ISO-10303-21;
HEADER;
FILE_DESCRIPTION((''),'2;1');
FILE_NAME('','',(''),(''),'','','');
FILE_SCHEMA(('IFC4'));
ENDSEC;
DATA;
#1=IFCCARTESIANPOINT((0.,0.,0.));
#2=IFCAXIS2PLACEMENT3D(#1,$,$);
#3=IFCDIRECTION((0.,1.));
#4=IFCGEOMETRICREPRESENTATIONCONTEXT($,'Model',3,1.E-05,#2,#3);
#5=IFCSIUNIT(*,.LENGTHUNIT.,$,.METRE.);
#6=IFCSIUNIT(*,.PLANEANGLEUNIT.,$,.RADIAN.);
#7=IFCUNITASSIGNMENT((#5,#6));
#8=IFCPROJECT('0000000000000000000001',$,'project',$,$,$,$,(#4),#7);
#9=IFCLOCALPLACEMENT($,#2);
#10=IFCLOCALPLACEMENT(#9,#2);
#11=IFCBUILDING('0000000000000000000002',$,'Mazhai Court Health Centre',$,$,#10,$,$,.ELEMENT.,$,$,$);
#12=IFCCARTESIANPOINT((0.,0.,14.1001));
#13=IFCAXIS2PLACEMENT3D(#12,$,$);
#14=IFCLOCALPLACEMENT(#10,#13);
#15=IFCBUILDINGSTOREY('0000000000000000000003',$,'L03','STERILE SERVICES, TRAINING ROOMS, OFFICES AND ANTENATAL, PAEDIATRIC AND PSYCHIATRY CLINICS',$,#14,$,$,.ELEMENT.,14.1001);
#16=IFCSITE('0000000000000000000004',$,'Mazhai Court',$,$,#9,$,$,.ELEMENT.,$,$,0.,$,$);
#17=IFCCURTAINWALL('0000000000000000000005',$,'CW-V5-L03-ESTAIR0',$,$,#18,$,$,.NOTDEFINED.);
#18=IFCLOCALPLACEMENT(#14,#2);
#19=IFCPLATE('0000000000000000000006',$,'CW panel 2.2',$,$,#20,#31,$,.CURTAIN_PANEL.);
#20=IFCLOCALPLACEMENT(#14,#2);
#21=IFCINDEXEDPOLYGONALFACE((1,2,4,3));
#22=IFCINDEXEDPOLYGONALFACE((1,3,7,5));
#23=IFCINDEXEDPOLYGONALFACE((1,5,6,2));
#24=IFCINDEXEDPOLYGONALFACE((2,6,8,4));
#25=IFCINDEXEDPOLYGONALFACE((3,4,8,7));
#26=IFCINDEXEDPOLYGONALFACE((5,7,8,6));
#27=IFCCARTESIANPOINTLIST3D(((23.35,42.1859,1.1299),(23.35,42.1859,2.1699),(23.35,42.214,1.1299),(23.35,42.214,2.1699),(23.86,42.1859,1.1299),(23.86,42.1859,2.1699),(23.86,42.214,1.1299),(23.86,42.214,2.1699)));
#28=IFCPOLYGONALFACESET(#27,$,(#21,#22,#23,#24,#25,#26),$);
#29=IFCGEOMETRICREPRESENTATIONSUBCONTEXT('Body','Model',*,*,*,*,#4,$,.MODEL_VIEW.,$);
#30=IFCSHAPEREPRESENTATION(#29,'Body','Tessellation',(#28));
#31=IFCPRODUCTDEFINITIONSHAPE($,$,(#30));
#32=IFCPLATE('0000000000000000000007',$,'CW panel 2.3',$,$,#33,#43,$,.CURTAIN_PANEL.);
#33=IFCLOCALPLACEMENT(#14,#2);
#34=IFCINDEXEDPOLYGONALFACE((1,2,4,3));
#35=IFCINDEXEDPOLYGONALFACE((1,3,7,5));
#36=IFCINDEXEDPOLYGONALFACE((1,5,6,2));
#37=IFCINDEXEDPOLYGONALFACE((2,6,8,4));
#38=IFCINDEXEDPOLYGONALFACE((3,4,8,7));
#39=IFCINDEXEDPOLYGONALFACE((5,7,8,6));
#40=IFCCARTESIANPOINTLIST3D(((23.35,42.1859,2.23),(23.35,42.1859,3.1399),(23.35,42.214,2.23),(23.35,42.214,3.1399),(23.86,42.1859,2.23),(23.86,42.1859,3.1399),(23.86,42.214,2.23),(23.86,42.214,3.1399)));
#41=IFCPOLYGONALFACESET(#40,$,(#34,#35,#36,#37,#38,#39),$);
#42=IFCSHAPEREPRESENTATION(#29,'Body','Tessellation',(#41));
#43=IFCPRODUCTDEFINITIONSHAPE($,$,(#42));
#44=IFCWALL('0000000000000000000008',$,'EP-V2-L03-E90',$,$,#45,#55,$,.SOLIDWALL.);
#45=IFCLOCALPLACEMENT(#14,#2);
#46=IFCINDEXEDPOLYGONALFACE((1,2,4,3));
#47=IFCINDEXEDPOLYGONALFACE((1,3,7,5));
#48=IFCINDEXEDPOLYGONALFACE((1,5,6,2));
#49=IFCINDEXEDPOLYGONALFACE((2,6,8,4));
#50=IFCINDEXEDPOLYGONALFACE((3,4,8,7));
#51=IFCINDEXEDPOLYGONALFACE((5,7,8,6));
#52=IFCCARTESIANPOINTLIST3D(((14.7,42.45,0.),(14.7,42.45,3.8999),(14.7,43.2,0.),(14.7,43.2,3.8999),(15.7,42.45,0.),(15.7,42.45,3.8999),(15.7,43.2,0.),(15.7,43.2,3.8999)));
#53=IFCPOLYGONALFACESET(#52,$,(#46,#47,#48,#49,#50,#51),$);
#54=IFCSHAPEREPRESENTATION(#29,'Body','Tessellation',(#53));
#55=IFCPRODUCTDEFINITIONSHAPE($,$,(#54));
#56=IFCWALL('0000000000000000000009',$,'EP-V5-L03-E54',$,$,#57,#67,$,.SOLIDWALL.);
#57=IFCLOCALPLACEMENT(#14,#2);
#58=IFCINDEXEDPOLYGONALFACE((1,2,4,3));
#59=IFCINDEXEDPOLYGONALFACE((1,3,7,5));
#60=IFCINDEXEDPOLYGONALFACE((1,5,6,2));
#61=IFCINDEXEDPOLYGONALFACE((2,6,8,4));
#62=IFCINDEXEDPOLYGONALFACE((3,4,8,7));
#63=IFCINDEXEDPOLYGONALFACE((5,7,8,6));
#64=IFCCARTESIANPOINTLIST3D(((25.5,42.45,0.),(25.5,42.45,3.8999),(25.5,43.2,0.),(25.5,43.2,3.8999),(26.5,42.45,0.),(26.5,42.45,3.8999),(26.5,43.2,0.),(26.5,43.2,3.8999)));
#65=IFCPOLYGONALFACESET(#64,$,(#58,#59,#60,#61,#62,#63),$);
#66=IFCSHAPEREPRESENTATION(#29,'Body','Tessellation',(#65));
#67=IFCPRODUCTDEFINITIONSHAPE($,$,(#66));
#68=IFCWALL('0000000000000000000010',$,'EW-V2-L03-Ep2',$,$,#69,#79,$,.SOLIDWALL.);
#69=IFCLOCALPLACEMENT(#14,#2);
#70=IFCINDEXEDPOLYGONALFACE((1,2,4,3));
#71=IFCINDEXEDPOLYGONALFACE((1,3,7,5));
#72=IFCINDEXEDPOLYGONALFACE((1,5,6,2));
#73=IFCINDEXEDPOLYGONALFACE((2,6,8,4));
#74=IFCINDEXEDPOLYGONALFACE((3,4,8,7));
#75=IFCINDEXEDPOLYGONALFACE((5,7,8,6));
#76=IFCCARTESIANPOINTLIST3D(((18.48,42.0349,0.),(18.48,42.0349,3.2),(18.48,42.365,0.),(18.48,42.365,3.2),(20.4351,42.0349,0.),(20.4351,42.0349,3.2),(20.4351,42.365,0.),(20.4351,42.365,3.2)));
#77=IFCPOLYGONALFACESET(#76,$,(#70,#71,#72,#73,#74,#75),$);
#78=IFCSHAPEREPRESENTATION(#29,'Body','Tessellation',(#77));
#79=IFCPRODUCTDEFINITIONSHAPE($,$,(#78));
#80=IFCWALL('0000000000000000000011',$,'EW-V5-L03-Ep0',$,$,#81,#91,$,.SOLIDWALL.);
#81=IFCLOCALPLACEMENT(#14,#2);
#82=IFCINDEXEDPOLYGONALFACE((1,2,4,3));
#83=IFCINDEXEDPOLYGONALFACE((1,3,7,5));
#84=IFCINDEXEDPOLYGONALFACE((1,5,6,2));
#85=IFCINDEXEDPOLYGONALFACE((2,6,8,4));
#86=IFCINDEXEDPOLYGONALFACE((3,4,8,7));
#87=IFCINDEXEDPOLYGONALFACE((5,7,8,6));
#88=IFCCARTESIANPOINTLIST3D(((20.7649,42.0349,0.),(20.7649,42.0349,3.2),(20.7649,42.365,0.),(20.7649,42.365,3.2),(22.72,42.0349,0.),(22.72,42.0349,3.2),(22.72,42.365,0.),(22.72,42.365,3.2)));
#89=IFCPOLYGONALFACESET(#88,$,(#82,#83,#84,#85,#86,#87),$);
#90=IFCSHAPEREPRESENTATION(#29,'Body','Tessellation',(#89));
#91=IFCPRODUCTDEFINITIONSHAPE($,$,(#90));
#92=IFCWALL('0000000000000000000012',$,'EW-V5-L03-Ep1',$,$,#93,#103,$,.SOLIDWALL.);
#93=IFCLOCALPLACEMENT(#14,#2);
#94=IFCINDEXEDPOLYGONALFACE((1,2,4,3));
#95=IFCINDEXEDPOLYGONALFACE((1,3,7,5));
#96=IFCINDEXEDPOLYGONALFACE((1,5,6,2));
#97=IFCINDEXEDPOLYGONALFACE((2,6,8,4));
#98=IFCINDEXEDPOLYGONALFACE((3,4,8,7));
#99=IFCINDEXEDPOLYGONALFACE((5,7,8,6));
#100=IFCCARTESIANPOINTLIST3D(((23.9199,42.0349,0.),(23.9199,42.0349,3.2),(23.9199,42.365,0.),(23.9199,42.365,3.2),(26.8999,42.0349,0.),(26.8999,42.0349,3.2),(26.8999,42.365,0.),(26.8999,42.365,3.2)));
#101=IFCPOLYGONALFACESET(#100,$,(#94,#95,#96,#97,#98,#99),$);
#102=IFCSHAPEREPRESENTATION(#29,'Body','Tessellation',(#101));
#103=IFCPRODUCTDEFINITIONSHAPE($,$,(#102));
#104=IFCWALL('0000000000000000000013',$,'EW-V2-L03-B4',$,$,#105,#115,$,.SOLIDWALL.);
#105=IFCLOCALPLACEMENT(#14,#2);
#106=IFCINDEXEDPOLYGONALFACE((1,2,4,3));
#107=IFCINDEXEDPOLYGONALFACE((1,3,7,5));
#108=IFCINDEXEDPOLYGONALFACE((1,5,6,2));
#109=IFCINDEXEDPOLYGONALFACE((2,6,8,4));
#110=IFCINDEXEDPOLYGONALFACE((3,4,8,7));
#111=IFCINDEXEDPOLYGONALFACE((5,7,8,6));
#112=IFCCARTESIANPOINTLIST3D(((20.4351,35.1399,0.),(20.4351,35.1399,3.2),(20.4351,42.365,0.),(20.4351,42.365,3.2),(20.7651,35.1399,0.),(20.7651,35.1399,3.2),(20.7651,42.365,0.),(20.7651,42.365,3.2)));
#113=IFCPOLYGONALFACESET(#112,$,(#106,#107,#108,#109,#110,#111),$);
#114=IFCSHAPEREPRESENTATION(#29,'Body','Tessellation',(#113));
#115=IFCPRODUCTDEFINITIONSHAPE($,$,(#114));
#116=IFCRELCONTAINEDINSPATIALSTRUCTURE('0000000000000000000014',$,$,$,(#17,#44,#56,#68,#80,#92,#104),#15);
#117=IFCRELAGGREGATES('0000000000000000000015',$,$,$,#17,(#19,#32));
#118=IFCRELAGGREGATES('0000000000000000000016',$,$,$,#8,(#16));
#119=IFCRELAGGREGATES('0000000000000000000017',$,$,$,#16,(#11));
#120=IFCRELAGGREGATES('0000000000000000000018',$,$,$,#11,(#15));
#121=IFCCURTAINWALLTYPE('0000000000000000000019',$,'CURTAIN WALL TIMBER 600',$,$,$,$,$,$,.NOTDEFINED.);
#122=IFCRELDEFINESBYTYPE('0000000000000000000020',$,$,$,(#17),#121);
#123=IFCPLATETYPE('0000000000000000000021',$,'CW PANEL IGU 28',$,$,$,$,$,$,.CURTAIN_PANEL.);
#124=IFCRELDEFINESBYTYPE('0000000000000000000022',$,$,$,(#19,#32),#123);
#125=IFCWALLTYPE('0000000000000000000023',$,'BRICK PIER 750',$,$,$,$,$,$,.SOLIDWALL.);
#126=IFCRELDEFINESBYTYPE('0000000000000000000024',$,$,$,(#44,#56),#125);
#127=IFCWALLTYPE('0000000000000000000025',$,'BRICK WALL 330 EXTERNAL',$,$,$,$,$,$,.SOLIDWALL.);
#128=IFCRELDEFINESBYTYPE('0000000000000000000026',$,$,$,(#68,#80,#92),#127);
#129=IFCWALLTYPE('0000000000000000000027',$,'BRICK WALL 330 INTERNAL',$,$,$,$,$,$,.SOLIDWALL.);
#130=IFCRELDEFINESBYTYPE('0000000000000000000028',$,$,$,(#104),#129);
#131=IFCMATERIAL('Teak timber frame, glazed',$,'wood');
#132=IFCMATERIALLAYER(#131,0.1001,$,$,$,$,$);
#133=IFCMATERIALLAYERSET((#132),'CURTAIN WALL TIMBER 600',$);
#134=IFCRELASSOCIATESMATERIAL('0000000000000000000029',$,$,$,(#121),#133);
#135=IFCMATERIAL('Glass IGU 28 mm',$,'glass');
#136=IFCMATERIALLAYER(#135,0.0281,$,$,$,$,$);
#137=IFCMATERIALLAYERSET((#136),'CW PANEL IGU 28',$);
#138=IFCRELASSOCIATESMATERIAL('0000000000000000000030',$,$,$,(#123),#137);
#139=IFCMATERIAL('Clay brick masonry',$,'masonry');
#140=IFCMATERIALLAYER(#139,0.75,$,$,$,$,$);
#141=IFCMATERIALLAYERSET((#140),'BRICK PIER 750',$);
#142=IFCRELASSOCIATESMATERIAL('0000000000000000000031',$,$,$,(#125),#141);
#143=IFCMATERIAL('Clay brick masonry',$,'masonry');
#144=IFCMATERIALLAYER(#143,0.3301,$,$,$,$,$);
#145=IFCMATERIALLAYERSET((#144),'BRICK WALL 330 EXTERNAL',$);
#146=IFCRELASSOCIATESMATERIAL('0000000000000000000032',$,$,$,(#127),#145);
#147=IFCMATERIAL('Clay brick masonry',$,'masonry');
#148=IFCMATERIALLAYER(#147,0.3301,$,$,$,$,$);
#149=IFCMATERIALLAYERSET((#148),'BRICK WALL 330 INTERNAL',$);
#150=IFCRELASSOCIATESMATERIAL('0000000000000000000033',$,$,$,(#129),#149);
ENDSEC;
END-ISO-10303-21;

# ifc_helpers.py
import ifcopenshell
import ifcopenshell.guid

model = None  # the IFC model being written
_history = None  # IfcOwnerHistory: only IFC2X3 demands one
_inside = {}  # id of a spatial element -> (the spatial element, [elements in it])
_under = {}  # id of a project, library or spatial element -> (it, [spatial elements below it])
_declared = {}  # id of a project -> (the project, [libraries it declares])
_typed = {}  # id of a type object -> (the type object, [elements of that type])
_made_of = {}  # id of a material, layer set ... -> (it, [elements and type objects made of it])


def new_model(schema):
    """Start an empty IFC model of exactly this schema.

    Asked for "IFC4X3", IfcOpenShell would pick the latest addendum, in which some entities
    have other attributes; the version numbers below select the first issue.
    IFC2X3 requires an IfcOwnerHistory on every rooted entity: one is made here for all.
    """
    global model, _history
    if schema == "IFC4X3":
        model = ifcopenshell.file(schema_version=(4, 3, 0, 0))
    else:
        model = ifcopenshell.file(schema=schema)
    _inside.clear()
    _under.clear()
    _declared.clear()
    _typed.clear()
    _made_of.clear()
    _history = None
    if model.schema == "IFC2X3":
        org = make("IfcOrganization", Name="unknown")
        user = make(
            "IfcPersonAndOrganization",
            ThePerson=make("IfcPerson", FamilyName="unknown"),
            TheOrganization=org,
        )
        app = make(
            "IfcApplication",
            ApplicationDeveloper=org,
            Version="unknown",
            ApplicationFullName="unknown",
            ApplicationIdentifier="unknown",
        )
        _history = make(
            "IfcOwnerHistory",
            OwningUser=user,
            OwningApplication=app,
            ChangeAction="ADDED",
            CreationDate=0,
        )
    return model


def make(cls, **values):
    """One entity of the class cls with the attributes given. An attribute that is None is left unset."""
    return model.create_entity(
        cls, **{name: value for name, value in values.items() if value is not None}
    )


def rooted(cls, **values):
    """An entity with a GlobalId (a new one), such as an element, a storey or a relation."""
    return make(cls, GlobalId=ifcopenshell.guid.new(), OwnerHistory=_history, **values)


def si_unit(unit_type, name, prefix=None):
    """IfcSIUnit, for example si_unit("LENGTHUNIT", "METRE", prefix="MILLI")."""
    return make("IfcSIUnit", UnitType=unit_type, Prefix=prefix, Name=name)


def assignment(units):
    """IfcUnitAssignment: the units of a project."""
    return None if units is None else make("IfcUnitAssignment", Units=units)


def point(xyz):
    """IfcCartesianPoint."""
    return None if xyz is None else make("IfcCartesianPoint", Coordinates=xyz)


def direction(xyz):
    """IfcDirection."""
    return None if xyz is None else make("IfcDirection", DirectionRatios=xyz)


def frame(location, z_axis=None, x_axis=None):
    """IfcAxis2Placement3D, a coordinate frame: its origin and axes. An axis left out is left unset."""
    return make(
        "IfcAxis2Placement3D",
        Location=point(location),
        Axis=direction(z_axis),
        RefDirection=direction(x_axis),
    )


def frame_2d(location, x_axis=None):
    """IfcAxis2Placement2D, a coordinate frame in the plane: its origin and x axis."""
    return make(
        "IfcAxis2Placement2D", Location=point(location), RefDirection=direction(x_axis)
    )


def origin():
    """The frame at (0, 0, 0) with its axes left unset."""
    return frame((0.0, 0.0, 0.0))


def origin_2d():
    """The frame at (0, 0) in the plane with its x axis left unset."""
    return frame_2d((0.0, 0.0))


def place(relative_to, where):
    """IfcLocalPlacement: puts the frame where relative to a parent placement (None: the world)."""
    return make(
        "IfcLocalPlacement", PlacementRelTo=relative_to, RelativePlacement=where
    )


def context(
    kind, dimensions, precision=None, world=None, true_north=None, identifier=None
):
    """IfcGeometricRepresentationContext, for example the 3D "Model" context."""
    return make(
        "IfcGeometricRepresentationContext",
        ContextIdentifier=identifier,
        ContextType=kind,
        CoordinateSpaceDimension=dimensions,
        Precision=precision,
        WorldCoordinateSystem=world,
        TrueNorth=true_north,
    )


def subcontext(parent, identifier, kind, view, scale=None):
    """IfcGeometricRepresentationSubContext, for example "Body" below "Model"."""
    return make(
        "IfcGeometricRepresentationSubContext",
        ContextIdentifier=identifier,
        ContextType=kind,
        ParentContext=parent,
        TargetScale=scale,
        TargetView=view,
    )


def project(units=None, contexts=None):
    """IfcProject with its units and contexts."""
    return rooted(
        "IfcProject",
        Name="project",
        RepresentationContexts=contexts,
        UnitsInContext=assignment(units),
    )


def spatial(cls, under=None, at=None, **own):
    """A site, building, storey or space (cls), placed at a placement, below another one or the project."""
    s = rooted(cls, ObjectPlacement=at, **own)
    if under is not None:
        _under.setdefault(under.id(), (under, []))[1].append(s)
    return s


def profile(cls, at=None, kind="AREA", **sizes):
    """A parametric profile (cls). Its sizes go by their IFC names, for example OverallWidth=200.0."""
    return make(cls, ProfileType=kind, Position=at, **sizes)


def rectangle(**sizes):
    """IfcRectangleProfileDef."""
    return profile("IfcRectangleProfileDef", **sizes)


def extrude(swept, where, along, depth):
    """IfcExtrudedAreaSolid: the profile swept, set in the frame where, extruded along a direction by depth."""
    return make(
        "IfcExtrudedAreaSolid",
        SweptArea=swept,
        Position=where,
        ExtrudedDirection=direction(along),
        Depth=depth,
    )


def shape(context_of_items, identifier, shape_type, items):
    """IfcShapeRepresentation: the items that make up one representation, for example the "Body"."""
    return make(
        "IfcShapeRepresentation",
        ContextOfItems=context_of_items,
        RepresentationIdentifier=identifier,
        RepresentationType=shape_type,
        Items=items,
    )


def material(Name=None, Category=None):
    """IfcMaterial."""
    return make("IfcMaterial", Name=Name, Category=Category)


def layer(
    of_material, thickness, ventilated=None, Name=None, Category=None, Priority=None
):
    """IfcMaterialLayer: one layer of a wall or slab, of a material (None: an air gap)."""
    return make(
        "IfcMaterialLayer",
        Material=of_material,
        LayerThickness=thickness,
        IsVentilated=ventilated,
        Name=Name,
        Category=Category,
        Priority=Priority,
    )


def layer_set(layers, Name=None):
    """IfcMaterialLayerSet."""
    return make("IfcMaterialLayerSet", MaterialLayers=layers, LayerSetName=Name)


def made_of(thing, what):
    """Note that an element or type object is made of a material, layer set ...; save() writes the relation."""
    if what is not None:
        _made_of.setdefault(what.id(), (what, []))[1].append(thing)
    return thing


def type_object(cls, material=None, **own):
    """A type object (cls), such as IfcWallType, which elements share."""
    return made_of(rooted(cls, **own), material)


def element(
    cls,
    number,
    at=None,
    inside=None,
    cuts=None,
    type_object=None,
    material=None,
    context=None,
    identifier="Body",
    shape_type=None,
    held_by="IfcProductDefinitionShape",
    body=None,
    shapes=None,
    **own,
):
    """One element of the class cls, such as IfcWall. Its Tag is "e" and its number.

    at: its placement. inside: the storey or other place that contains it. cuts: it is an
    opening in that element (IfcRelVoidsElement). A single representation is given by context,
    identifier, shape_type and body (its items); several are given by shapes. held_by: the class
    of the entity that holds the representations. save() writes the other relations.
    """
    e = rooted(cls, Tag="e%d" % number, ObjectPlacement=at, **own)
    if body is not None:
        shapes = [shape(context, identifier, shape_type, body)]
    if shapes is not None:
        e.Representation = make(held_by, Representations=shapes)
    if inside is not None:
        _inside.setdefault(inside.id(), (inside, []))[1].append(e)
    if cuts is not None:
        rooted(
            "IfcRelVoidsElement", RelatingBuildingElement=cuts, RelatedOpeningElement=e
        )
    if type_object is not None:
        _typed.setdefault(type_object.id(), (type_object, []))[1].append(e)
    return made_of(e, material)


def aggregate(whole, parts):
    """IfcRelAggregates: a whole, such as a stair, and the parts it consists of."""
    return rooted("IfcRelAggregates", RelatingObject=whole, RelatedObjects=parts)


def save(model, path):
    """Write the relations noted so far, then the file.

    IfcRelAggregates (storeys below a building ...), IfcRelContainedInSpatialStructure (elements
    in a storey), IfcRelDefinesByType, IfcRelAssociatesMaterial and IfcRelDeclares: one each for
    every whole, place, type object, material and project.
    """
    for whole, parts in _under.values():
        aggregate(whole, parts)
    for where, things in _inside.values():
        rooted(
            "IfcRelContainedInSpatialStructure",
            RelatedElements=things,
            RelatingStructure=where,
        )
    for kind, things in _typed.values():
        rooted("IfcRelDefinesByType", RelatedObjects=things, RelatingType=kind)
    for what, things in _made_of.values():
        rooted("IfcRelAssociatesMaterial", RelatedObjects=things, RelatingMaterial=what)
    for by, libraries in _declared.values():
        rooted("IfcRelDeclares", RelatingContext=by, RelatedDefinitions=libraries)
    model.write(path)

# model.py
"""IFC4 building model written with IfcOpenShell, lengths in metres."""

from ifc_helpers import new_model, si_unit, direction, frame, frame_2d, origin, origin_2d, place, context, subcontext, project, spatial, rectangle, extrude, material, layer, layer_set, type_object, element, aggregate, save


model = new_model("IFC4")

# Units and contexts
model_context = context("Model", 3, precision=1e-05, world=origin(), true_north=direction((0.0, 1.0)))
body_context = subcontext(model_context, "Body", "Model", "MODEL_VIEW")
ifc_project = project(units=[si_unit("LENGTHUNIT", "METRE"), si_unit("PLANEANGLEUNIT", "RADIAN")], contexts=[model_context])

# Site, building, storey
site_placement = place(None, origin())
site = spatial("IfcSite", under=ifc_project, at=site_placement, Name="Mazhai Court", CompositionType="ELEMENT", RefElevation=0.0)
building_placement = place(site_placement, origin())
building = spatial("IfcBuilding", under=site, at=building_placement, Name="Mazhai Court Health Centre", CompositionType="ELEMENT")
storey_placement = place(building_placement, frame((0.0, 0.0, 14.1001)))
storey = spatial("IfcBuildingStorey", under=building, at=storey_placement, Name="L03", Description="STERILE SERVICES, TRAINING ROOMS, OFFICES AND ANTENATAL, PAEDIATRIC AND PSYCHIATRY CLINICS", CompositionType="ELEMENT", Elevation=14.1001)

# Curtain wall
ifc_material_1 = material(Name="Teak timber frame, glazed", Category="wood")
ifc_layer_1 = layer(ifc_material_1, 0.1001)
ifc_layer_set_1 = layer_set([ifc_layer_1], Name="CURTAIN WALL TIMBER 600")
curtain_wall_type = type_object("IfcCurtainWallType", Name="CURTAIN WALL TIMBER 600", PredefinedType="NOTDEFINED", material=ifc_layer_set_1)
curtain_wall_1_placement = place(storey_placement, origin())
curtain_wall_1 = element("IfcCurtainWall", 1, at=curtain_wall_1_placement, inside=storey, type_object=curtain_wall_type, Name="CW-V5-L03-ESTAIR0", PredefinedType="NOTDEFINED")

# Plates
ifc_material_2 = material(Name="Glass IGU 28 mm", Category="glass")
ifc_layer_2 = layer(ifc_material_2, 0.0281)
ifc_layer_set_2 = layer_set([ifc_layer_2], Name="CW PANEL IGU 28")
plate_type = type_object("IfcPlateType", Name="CW PANEL IGU 28", PredefinedType="CURTAIN_PANEL", material=ifc_layer_set_2)
plate_1_placement = place(storey_placement, frame((23.605, 42.2, 1.1299), z_axis=(0.0, 0.0, 1.0), x_axis=(1.0, 0.0, 0.0)))
plate_1 = element("IfcPlate", 2, at=plate_1_placement, type_object=plate_type, Name="CW panel 2.2", PredefinedType="CURTAIN_PANEL", context=body_context, shape_type="SweptSolid", body=[
    extrude(rectangle(XDim=0.51, YDim=0.0281, at=origin_2d()), origin(), (0.0, 0.0, 1.0), 1.04),
])
plate_2_placement = place(storey_placement, frame((23.605, 42.2, 2.23), z_axis=(0.0, 0.0, 1.0), x_axis=(1.0, 0.0, 0.0)))
plate_2 = element("IfcPlate", 3, at=plate_2_placement, type_object=plate_type, Name="CW panel 2.3", PredefinedType="CURTAIN_PANEL", context=body_context, shape_type="SweptSolid", body=[
    extrude(rectangle(XDim=0.51, YDim=0.0281, at=origin_2d()), origin(), (0.0, 0.0, 1.0), 0.9099),
])
aggregate(curtain_wall_1, [plate_1, plate_2])

# Walls
ifc_material_3 = material(Name="Clay brick masonry", Category="masonry")
ifc_layer_3 = layer(ifc_material_3, 0.75)
ifc_layer_set_3 = layer_set([ifc_layer_3], Name="BRICK PIER 750")
wall_type_1 = type_object("IfcWallType", Name="BRICK PIER 750", PredefinedType="SOLIDWALL", material=ifc_layer_set_3)
for number, where, z_axis, x_axis, name in (
    (4, (14.7, 42.825, 0.0), (0.0, 0.0, 1.0), (1.0, 0.0, 0.0), "EP-V2-L03-E90"),
    (5, (25.5, 42.825, 0.0), (0.0, 0.0, 1.0), (1.0, 0.0, 0.0), "EP-V5-L03-E54"),
):
    element("IfcWall", number, at=place(storey_placement, frame(where, z_axis=z_axis, x_axis=x_axis)), inside=storey, type_object=wall_type_1, Name=name, PredefinedType="SOLIDWALL", context=body_context, shape_type="SweptSolid", body=[
        extrude(rectangle(XDim=1.0, YDim=0.75, at=frame_2d((0.5, 0.0))), origin(), (0.0, 0.0, 1.0), 3.8999),
    ])
ifc_material_4 = material(Name="Clay brick masonry", Category="masonry")
ifc_layer_4 = layer(ifc_material_4, 0.3301)
ifc_layer_set_4 = layer_set([ifc_layer_4], Name="BRICK WALL 330 EXTERNAL")
wall_type_2 = type_object("IfcWallType", Name="BRICK WALL 330 EXTERNAL", PredefinedType="SOLIDWALL", material=ifc_layer_set_4)
for number, where, z_axis, x_axis, name in (
    (6, (18.48, 42.2, 0.0), (0.0, 0.0, 1.0), (1.0, 0.0, 0.0), "EW-V2-L03-Ep2"),
    (7, (20.7649, 42.2, 0.0), (0.0, 0.0, 1.0), (1.0, 0.0, 0.0), "EW-V5-L03-Ep0"),
):
    element("IfcWall", number, at=place(storey_placement, frame(where, z_axis=z_axis, x_axis=x_axis)), inside=storey, type_object=wall_type_2, Name=name, PredefinedType="SOLIDWALL", context=body_context, shape_type="SweptSolid", body=[
        extrude(rectangle(XDim=1.9551, YDim=0.3301, at=frame_2d((0.9775, 0.0))), origin(), (0.0, 0.0, 1.0), 3.2),
    ])
wall_1_placement = place(storey_placement, frame((23.9199, 42.2, 0.0), z_axis=(0.0, 0.0, 1.0), x_axis=(1.0, 0.0, 0.0)))
element("IfcWall", 8, at=wall_1_placement, inside=storey, type_object=wall_type_2, Name="EW-V5-L03-Ep1", PredefinedType="SOLIDWALL", context=body_context, shape_type="SweptSolid", body=[
    extrude(rectangle(XDim=2.98, YDim=0.3301, at=frame_2d((1.49, 0.0))), origin(), (0.0, 0.0, 1.0), 3.2),
])
ifc_material_5 = material(Name="Clay brick masonry", Category="masonry")
ifc_layer_5 = layer(ifc_material_5, 0.3301)
ifc_layer_set_5 = layer_set([ifc_layer_5], Name="BRICK WALL 330 INTERNAL")
wall_type_3 = type_object("IfcWallType", Name="BRICK WALL 330 INTERNAL", PredefinedType="SOLIDWALL", material=ifc_layer_set_5)
wall_2_placement = place(storey_placement, frame((20.6001, 42.365, 0.0), z_axis=(0.0, 0.0, 1.0), x_axis=(0.0, -1.0, 0.0)))
element("IfcWall", 9, at=wall_2_placement, inside=storey, type_object=wall_type_3, Name="EW-V2-L03-B4", PredefinedType="SOLIDWALL", context=body_context, shape_type="SweptSolid", body=[
    extrude(rectangle(XDim=7.2251, YDim=0.3301, at=frame_2d((3.6125, 0.0))), origin(), (0.0, 0.0, 1.0), 3.2),
])

save(model, "model.ifc")
